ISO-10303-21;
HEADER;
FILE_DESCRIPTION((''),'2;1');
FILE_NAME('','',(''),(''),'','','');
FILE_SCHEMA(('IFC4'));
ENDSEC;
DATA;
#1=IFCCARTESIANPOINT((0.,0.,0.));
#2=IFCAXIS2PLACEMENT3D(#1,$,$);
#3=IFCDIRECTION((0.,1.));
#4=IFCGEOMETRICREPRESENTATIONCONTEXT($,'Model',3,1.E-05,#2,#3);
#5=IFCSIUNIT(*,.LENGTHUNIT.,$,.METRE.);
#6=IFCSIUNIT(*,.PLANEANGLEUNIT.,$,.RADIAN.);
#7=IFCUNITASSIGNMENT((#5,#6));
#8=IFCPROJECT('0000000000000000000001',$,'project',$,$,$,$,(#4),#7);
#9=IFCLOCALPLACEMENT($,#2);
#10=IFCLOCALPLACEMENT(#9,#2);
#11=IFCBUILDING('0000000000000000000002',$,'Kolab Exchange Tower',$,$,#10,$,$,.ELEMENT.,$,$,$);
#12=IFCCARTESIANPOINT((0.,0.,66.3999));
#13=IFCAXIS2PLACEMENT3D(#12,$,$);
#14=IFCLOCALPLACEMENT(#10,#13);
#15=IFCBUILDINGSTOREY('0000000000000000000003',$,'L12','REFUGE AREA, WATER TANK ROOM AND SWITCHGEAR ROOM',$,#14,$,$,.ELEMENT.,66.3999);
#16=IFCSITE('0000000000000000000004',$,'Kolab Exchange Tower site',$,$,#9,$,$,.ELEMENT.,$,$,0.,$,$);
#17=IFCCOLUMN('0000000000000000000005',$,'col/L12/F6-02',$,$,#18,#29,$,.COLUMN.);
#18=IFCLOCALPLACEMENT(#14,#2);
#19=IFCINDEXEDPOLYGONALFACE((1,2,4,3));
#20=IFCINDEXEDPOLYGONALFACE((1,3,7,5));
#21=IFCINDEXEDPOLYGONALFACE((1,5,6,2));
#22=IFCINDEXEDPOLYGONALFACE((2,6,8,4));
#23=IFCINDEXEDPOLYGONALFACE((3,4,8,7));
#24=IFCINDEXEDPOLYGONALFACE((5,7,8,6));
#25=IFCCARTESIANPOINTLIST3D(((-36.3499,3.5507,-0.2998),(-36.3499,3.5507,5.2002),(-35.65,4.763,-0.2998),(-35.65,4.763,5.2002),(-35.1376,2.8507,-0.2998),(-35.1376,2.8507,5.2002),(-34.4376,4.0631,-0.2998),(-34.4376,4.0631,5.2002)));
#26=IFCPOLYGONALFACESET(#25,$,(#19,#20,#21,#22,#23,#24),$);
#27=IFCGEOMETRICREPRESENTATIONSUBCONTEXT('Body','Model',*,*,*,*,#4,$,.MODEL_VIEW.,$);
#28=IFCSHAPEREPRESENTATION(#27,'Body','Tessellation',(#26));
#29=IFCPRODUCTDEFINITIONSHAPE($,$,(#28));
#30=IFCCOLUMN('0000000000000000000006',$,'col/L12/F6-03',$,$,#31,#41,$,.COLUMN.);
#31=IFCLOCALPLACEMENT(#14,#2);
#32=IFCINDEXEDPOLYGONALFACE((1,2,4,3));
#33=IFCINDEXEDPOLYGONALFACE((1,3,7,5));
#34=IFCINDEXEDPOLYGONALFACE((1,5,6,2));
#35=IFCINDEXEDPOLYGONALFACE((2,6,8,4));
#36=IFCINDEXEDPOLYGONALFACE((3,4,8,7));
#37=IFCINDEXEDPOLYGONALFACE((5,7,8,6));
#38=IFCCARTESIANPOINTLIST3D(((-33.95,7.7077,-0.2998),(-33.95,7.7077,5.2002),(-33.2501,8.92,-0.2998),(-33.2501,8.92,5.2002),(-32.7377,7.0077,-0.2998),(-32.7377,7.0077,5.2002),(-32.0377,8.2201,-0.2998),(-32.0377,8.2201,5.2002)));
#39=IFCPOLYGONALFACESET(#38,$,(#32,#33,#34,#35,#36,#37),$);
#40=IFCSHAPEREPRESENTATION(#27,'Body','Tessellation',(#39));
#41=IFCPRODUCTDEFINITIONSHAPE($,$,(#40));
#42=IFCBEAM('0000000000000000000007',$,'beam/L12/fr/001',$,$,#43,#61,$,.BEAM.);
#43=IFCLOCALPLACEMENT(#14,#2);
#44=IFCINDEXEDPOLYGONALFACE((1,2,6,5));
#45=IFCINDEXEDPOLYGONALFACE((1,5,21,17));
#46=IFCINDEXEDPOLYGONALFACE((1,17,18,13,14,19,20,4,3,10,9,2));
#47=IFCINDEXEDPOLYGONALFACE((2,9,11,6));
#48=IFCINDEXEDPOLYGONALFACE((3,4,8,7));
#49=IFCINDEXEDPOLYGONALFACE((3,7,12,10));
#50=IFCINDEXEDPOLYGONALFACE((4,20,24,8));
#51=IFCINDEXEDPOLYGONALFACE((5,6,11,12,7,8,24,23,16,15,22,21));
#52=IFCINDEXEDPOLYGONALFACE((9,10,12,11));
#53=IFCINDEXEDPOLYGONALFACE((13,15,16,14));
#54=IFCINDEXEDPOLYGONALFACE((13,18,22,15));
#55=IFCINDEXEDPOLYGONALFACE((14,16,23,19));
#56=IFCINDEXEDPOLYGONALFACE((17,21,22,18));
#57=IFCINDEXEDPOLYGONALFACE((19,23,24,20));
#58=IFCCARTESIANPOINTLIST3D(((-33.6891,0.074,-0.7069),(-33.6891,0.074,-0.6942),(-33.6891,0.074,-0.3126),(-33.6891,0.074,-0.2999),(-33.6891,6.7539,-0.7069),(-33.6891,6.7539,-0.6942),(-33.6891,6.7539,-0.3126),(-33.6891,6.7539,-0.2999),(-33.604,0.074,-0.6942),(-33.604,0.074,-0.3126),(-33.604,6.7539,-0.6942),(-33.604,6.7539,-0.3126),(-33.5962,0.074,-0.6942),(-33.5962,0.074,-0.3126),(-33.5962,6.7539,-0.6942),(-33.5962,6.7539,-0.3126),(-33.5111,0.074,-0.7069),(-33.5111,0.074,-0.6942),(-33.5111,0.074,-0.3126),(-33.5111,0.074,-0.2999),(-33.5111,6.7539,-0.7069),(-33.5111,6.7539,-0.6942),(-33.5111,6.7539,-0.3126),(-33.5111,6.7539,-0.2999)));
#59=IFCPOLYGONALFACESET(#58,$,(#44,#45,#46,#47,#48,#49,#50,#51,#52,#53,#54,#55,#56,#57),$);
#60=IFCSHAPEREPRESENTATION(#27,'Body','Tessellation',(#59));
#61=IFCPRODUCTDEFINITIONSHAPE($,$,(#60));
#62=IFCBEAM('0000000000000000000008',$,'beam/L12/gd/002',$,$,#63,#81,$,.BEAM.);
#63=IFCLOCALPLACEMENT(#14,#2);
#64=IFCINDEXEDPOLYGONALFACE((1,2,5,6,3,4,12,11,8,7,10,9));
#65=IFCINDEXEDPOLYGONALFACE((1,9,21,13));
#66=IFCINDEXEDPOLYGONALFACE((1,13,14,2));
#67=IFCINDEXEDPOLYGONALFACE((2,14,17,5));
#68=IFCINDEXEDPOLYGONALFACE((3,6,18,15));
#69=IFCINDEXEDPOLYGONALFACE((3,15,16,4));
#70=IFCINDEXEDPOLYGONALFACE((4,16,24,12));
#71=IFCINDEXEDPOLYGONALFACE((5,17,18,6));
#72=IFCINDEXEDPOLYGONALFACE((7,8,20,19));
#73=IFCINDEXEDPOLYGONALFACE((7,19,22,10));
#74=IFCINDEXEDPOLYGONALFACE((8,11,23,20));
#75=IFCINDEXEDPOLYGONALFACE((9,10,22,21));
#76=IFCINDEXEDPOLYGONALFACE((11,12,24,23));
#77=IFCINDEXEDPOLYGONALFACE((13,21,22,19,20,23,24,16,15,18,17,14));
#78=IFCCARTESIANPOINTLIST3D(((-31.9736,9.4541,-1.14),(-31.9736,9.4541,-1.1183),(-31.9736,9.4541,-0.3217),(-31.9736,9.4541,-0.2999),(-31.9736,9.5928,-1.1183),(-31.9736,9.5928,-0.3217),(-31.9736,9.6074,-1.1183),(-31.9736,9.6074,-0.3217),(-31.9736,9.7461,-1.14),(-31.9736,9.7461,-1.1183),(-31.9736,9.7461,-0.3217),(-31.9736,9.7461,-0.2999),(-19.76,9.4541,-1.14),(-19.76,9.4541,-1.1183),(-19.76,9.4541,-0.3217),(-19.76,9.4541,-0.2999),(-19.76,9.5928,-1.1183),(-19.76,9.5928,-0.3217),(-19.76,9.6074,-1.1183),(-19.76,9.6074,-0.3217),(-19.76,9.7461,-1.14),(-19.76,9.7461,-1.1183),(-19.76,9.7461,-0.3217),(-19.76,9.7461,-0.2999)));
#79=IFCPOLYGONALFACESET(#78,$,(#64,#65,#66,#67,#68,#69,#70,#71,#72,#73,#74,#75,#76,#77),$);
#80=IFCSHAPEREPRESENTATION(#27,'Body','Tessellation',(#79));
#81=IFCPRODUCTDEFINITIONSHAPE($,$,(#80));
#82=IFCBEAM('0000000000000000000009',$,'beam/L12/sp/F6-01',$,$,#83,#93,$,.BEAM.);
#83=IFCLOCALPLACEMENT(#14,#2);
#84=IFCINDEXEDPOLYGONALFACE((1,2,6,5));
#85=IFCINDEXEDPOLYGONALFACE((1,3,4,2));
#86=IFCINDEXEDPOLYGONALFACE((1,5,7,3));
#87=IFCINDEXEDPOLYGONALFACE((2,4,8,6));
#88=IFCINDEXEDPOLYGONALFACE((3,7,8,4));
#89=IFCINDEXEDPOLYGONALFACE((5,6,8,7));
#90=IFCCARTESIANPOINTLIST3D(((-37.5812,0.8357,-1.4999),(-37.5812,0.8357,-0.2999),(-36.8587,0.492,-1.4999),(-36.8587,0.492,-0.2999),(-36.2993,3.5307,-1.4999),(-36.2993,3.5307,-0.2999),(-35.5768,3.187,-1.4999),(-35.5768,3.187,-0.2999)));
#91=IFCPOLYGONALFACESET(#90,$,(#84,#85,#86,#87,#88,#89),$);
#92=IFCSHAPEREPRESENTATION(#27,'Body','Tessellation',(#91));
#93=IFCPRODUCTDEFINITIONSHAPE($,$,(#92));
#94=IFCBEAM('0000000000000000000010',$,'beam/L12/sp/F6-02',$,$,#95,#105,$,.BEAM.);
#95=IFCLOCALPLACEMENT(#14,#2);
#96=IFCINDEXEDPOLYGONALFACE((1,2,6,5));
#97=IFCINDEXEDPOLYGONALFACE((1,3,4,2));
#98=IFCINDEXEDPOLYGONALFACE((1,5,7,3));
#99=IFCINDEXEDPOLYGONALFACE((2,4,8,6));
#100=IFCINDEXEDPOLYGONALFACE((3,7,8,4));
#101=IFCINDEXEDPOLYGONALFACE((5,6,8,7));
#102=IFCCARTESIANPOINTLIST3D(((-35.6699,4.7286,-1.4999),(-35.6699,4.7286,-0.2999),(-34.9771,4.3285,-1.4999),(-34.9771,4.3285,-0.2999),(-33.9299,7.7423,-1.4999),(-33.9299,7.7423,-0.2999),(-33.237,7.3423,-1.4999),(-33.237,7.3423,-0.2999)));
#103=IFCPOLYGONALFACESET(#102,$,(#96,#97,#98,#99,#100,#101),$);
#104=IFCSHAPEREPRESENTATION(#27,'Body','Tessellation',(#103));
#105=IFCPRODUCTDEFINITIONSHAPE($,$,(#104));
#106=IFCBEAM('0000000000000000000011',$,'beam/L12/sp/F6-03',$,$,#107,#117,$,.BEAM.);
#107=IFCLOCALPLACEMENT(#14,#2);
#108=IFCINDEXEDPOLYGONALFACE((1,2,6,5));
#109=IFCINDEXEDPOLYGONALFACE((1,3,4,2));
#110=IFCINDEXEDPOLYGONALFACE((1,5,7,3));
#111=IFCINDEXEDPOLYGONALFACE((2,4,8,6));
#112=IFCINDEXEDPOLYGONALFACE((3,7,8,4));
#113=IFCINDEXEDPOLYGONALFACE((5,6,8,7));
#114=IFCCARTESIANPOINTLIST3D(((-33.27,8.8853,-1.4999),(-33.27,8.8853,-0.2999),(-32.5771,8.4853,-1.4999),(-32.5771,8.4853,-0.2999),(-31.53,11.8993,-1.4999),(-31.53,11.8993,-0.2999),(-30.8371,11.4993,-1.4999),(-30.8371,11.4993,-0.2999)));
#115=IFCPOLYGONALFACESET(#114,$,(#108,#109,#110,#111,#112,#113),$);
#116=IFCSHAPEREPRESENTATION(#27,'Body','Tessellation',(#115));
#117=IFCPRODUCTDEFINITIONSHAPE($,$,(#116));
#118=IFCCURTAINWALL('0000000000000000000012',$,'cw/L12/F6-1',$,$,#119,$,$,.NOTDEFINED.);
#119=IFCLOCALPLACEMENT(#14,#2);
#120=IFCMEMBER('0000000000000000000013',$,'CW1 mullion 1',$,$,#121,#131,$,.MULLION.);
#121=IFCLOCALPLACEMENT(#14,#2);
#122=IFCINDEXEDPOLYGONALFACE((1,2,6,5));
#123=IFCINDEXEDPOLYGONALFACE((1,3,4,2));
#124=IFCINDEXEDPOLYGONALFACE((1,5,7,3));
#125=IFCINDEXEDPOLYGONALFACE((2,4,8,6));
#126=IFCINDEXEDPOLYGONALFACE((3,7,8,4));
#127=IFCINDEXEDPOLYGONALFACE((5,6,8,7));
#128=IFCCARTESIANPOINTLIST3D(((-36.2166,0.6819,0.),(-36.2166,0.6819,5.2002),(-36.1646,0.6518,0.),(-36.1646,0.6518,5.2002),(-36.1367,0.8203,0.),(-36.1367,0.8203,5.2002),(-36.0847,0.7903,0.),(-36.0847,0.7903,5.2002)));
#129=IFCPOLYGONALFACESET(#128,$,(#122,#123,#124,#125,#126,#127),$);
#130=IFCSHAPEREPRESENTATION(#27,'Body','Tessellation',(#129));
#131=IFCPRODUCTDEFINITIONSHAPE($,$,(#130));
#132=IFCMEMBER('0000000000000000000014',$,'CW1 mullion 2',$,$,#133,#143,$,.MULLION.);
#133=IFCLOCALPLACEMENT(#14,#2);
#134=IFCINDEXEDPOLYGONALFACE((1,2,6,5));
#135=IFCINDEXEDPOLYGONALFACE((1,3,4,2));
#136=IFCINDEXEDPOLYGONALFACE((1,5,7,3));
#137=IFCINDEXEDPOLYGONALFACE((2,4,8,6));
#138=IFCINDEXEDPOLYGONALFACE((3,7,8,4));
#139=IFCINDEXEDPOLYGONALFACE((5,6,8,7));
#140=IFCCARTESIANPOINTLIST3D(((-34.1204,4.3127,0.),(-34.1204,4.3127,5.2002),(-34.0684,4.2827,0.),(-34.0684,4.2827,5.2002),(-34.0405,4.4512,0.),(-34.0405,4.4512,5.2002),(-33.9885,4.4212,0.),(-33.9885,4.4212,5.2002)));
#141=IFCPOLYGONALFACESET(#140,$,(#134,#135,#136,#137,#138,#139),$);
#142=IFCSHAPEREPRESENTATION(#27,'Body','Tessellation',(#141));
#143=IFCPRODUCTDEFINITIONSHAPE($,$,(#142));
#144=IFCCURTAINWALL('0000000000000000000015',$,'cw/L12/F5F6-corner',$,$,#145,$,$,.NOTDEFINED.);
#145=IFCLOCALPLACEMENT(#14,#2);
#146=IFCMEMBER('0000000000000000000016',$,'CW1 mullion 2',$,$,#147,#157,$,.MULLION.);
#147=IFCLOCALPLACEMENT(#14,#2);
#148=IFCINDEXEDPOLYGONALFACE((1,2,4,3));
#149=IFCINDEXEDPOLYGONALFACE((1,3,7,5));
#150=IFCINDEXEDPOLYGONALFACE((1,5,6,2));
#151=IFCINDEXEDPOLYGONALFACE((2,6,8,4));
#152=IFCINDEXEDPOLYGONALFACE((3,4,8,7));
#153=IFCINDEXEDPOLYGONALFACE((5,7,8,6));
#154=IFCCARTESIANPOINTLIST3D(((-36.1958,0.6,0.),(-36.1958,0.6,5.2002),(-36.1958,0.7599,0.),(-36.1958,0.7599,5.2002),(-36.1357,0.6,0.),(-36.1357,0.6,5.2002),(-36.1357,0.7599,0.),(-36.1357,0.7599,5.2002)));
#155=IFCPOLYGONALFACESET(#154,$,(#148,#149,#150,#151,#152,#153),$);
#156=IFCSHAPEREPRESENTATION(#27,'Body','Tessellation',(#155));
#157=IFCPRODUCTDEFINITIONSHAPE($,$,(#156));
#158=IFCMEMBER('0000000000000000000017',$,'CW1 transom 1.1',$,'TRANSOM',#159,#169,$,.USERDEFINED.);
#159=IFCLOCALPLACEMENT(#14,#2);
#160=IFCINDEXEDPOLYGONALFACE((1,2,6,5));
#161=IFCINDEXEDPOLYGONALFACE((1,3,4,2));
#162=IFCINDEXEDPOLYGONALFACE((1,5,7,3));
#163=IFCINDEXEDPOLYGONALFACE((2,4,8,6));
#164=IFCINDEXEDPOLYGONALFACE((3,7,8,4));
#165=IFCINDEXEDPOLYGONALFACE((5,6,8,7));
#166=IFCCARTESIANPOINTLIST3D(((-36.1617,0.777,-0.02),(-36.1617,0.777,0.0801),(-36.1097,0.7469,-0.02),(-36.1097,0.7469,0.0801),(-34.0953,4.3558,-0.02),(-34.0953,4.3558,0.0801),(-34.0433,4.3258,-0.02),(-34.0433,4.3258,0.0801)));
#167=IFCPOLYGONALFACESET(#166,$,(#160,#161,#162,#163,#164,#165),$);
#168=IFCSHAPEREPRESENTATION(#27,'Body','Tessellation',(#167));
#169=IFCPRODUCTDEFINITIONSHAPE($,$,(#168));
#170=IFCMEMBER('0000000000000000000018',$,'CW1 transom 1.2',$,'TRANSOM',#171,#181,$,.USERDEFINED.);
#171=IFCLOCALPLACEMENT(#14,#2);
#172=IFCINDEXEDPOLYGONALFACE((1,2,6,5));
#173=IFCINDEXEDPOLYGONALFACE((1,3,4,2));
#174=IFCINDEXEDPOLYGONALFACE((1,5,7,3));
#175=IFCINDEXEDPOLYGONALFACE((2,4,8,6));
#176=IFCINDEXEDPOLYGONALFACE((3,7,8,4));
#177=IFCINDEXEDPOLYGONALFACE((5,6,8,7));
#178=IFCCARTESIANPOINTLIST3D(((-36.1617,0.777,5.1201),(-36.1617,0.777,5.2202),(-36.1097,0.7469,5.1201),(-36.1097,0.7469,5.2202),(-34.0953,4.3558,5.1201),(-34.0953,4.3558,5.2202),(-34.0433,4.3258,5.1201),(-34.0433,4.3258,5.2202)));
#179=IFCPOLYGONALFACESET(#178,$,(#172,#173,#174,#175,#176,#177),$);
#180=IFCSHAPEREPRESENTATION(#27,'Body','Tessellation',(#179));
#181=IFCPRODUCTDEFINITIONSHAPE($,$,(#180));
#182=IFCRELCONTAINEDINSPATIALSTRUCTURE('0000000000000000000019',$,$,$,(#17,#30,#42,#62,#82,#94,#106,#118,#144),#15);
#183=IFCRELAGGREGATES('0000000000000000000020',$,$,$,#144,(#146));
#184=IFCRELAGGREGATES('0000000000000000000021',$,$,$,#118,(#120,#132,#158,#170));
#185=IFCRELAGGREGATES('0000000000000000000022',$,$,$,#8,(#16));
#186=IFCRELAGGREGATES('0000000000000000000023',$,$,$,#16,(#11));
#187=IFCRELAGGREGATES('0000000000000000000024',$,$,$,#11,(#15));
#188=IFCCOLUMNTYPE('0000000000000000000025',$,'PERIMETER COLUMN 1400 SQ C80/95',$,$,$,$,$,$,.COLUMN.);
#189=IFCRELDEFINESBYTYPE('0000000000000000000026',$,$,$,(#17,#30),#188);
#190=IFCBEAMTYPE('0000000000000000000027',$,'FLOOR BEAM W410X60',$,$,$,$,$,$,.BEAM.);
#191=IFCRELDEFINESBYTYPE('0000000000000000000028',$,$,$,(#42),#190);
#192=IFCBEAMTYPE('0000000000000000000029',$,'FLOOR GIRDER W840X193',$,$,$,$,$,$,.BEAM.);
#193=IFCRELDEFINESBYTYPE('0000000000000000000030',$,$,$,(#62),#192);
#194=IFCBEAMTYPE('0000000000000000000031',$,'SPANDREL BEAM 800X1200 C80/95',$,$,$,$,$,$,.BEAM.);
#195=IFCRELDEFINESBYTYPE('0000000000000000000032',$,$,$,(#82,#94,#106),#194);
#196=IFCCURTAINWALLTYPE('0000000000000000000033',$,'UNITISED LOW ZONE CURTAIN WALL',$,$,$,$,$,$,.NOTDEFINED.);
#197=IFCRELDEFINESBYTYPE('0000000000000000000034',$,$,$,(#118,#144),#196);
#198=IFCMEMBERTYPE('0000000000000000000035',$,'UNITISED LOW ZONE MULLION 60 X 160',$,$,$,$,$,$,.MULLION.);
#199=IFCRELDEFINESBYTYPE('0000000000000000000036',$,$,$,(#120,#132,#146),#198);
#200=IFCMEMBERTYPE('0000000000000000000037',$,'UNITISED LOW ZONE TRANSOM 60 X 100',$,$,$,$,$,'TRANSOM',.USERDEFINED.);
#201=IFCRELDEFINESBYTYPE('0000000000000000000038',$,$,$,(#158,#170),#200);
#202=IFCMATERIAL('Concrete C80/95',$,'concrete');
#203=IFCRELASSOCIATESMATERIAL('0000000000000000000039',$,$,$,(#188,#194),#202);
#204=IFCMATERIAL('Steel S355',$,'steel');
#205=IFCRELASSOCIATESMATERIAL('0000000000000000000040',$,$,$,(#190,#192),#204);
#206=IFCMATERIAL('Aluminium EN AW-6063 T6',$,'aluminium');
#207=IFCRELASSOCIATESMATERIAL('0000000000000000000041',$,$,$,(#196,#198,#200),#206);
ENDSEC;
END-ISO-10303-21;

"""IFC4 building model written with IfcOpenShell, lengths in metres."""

from ifc_helpers import new_model, si_unit, direction, frame, origin, origin_2d, place, context, subcontext, project, spatial, rectangle, i_section, extrude, material, material_profile, profile_set, type_object, element, aggregate, save


model = new_model("IFC4")

# Units and contexts
model_context = context("Model", 3, precision=1e-05, world=origin(), true_north=direction((0.0, 1.0)))
body_context = subcontext(model_context, "Body", "Model", "MODEL_VIEW")
ifc_project = project(units=[si_unit("LENGTHUNIT", "METRE"), si_unit("PLANEANGLEUNIT", "RADIAN")], contexts=[model_context])

# Site, building, storey
site_placement = place(None, origin())
site = spatial("IfcSite", under=ifc_project, at=site_placement, Name="Kolab Exchange Tower site", CompositionType="ELEMENT", RefElevation=0.0)
building_placement = place(site_placement, origin())
building = spatial("IfcBuilding", under=site, at=building_placement, Name="Kolab Exchange Tower", CompositionType="ELEMENT")
storey_placement = place(building_placement, frame((0.0, 0.0, 66.3999)))
storey = spatial("IfcBuildingStorey", under=building, at=storey_placement, Name="L12", Description="REFUGE AREA, WATER TANK ROOM AND SWITCHGEAR ROOM", CompositionType="ELEMENT", Elevation=66.3999)

# Columns
ifc_material_1 = material(Name="Concrete C80/95", Category="concrete")
ifc_material_profile_1 = material_profile(ifc_material_1, rectangle(XDim=1.3999, YDim=1.3999, at=origin_2d()), Name="RC1400")
ifc_profile_set_1 = profile_set([ifc_material_profile_1], Name="Concrete C80/95")
column_type = type_object("IfcColumnType", Name="PERIMETER COLUMN 1400 SQ C80/95", PredefinedType="COLUMN", material=ifc_profile_set_1)
for number, where, z_axis, x_axis, name in (
    (1, (-35.3938, 3.8069, -0.2998), (0.0, 0.0, 1.0), (0.5, 0.866025, 0.0), "col/L12/F6-02"),
    (2, (-32.9939, 7.9639, -0.2998), (0.0, 0.0, 1.0), (0.5, 0.866025, 0.0), "col/L12/F6-03"),
):
    element("IfcColumn", number, at=place(storey_placement, frame(where, z_axis=z_axis, x_axis=x_axis)), inside=storey, type_object=column_type, Name=name, PredefinedType="COLUMN", context=body_context, shape_type="SweptSolid", body=[
        extrude(rectangle(XDim=1.3999, YDim=1.3999, at=origin_2d()), origin(), (0.0, 0.0, 1.0), 5.5),
    ])

# Beams
ifc_material_2 = material(Name="Steel S355", Category="steel")
ifc_material_profile_2 = material_profile(ifc_material_2, i_section(OverallWidth=0.178, OverallDepth=0.407, WebThickness=0.0078, FlangeThickness=0.0127, at=origin_2d()), Name="W410X60")
ifc_profile_set_2 = profile_set([ifc_material_profile_2], Name="Steel S355")
beam_type_1 = type_object("IfcBeamType", Name="FLOOR BEAM W410X60", PredefinedType="BEAM", material=ifc_profile_set_2)
beam_1_placement = place(storey_placement, frame((-33.6001, 0.074, -0.5034), z_axis=(0.0, 1.0, 0.0), x_axis=(-1.0, 0.0, 0.0)))
element("IfcBeam", 3, at=beam_1_placement, inside=storey, type_object=beam_type_1, Name="beam/L12/fr/001", PredefinedType="BEAM", context=body_context, shape_type="SweptSolid", body=[
    extrude(i_section(OverallWidth=0.178, OverallDepth=0.407, WebThickness=0.0078, FlangeThickness=0.0127, at=origin_2d()), origin(), (0.0, 0.0, 1.0), 6.6799),
])
ifc_material_profile_3 = material_profile(ifc_material_2, i_section(OverallWidth=0.292, OverallDepth=0.8401, WebThickness=0.0146, FlangeThickness=0.0217, at=origin_2d()), Name="W840X193")
ifc_profile_set_3 = profile_set([ifc_material_profile_3], Name="Steel S355")
beam_type_2 = type_object("IfcBeamType", Name="FLOOR GIRDER W840X193", PredefinedType="BEAM", material=ifc_profile_set_3)
beam_2_placement = place(storey_placement, frame((-31.9736, 9.6001, -0.72), z_axis=(1.0, 0.0, 0.0), x_axis=(0.0, 1.0, 0.0)))
element("IfcBeam", 4, at=beam_2_placement, inside=storey, type_object=beam_type_2, Name="beam/L12/gd/002", PredefinedType="BEAM", context=body_context, shape_type="SweptSolid", body=[
    extrude(i_section(OverallWidth=0.292, OverallDepth=0.8401, WebThickness=0.0146, FlangeThickness=0.0217, at=origin_2d()), origin(), (0.0, 0.0, 1.0), 12.2136),
])
ifc_material_profile_4 = material_profile(ifc_material_1, rectangle(XDim=0.8, YDim=1.2, at=origin_2d()), Name="RC800X1200")
ifc_profile_set_4 = profile_set([ifc_material_profile_4], Name="Concrete C80/95")
beam_type_3 = type_object("IfcBeamType", Name="SPANDREL BEAM 800X1200 C80/95", PredefinedType="BEAM", material=ifc_profile_set_4)
beam_3_placement = place(storey_placement, frame((-37.22, 0.6638, -0.8999), z_axis=(0.429556, 0.90304, 0.0), x_axis=(-0.90304, 0.429556, 0.0)))
element("IfcBeam", 5, at=beam_3_placement, inside=storey, type_object=beam_type_3, Name="beam/L12/sp/F6-01", PredefinedType="BEAM", context=body_context, shape_type="SweptSolid", body=[
    extrude(rectangle(XDim=0.8, YDim=1.2, at=origin_2d()), origin(), (0.0, 0.0, 1.0), 2.9844),
])
beam_4_placement = place(storey_placement, frame((-35.3235, 4.5286, -0.8999), z_axis=(0.50001, 0.86602, 0.0), x_axis=(-0.86602, 0.50001, 0.0)))
element("IfcBeam", 6, at=beam_4_placement, inside=storey, type_object=beam_type_3, Name="beam/L12/sp/F6-02", PredefinedType="BEAM", context=body_context, shape_type="SweptSolid", body=[
    extrude(rectangle(XDim=0.8, YDim=1.2, at=origin_2d()), origin(), (0.0, 0.0, 1.0), 3.48),
])
beam_5_placement = place(storey_placement, frame((-32.9236, 8.6853, -0.8999), z_axis=(0.49998, 0.866037, 0.0), x_axis=(-0.866037, 0.49998, 0.0)))
element("IfcBeam", 7, at=beam_5_placement, inside=storey, type_object=beam_type_3, Name="beam/L12/sp/F6-03", PredefinedType="BEAM", context=body_context, shape_type="SweptSolid", body=[
    extrude(rectangle(XDim=0.8, YDim=1.2, at=origin_2d()), origin(), (0.0, 0.0, 1.0), 3.4802),
])

# Curtain wall, members
ifc_material_3 = material(Name="Aluminium EN AW-6063 T6", Category="aluminium")
curtain_wall_type = type_object("IfcCurtainWallType", Name="UNITISED LOW ZONE CURTAIN WALL", PredefinedType="NOTDEFINED", material=ifc_material_3)
curtain_wall_1_placement = place(storey_placement, origin())
curtain_wall_1 = element("IfcCurtainWall", 8, at=curtain_wall_1_placement, inside=storey, type_object=curtain_wall_type, Name="cw/L12/F6-1", PredefinedType="NOTDEFINED")
ifc_material_profile_5 = material_profile(ifc_material_3, rectangle(XDim=0.0601, YDim=0.1599, at=origin_2d()), Name="RECT 60X160")
ifc_profile_set_5 = profile_set([ifc_material_profile_5], Name="Aluminium EN AW-6063 T6")
member_type_1 = type_object("IfcMemberType", Name="UNITISED LOW ZONE MULLION 60 X 160", PredefinedType="MULLION", material=ifc_profile_set_5)
member_1_placement = place(storey_placement, frame((-36.1506, 0.7361, 0.0), z_axis=(0.0, 0.0, 1.0), x_axis=(-0.866025, 0.5, 0.0)))
member_1 = element("IfcMember", 9, at=member_1_placement, type_object=member_type_1, Name="CW1 mullion 1", PredefinedType="MULLION", context=body_context, shape_type="SweptSolid", body=[
    extrude(rectangle(XDim=0.0601, YDim=0.1599, at=origin_2d()), origin(), (0.0, 0.0, 1.0), 5.2002),
])
member_2_placement = place(storey_placement, frame((-34.0544, 4.3669, 0.0), z_axis=(0.0, 0.0, 1.0), x_axis=(-0.866025, 0.5, 0.0)))
member_2 = element("IfcMember", 10, at=member_2_placement, type_object=member_type_1, Name="CW1 mullion 2", PredefinedType="MULLION", context=body_context, shape_type="SweptSolid", body=[
    extrude(rectangle(XDim=0.0601, YDim=0.1599, at=origin_2d()), origin(), (0.0, 0.0, 1.0), 5.2002),
])

# Curtain wall, member
curtain_wall_2_placement = place(storey_placement, origin())
curtain_wall_2 = element("IfcCurtainWall", 11, at=curtain_wall_2_placement, inside=storey, type_object=curtain_wall_type, Name="cw/L12/F5F6-corner", PredefinedType="NOTDEFINED")
member_3_placement = place(storey_placement, frame((-36.1658, 0.6799, 0.0), z_axis=(0.0, 0.0, 1.0), x_axis=(-1.0, 0.0, 0.0)))
member_3 = element("IfcMember", 12, at=member_3_placement, type_object=member_type_1, Name="CW1 mullion 2", PredefinedType="MULLION", context=body_context, shape_type="SweptSolid", body=[
    extrude(rectangle(XDim=0.0601, YDim=0.1599, at=origin_2d()), origin(), (0.0, 0.0, 1.0), 5.2002),
])
aggregate(curtain_wall_2, [member_3])

# Members
ifc_material_profile_6 = material_profile(ifc_material_3, rectangle(XDim=0.0601, YDim=0.1001, at=origin_2d()), Name="RECT 60X100")
ifc_profile_set_6 = profile_set([ifc_material_profile_6], Name="Aluminium EN AW-6063 T6")
member_type_2 = type_object("IfcMemberType", Name="UNITISED LOW ZONE TRANSOM 60 X 100", ElementType="TRANSOM", PredefinedType="USERDEFINED", material=ifc_profile_set_6)
member_4_placement = place(storey_placement, frame((-36.1357, 0.762, 0.03), z_axis=(0.500028, 0.866009, 0.0), x_axis=(-0.866009, 0.500028, 0.0)))
member_4 = element("IfcMember", 13, at=member_4_placement, type_object=member_type_2, Name="CW1 transom 1.1", ObjectType="TRANSOM", PredefinedType="USERDEFINED", context=body_context, shape_type="SweptSolid", body=[
    extrude(rectangle(XDim=0.0601, YDim=0.1001, at=origin_2d()), origin(), (0.0, 0.0, 1.0), 4.1326),
])
member_5_placement = place(storey_placement, frame((-36.1357, 0.762, 5.1702), z_axis=(0.500028, 0.866009, 0.0), x_axis=(-0.866009, 0.500028, 0.0)))
member_5 = element("IfcMember", 14, at=member_5_placement, type_object=member_type_2, Name="CW1 transom 1.2", ObjectType="TRANSOM", PredefinedType="USERDEFINED", context=body_context, shape_type="SweptSolid", body=[
    extrude(rectangle(XDim=0.0601, YDim=0.1001, at=origin_2d()), origin(), (0.0, 0.0, 1.0), 4.1326),
])

aggregate(curtain_wall_1, [member_1, member_2, member_4, member_5])

save(model, "model.ifc")
